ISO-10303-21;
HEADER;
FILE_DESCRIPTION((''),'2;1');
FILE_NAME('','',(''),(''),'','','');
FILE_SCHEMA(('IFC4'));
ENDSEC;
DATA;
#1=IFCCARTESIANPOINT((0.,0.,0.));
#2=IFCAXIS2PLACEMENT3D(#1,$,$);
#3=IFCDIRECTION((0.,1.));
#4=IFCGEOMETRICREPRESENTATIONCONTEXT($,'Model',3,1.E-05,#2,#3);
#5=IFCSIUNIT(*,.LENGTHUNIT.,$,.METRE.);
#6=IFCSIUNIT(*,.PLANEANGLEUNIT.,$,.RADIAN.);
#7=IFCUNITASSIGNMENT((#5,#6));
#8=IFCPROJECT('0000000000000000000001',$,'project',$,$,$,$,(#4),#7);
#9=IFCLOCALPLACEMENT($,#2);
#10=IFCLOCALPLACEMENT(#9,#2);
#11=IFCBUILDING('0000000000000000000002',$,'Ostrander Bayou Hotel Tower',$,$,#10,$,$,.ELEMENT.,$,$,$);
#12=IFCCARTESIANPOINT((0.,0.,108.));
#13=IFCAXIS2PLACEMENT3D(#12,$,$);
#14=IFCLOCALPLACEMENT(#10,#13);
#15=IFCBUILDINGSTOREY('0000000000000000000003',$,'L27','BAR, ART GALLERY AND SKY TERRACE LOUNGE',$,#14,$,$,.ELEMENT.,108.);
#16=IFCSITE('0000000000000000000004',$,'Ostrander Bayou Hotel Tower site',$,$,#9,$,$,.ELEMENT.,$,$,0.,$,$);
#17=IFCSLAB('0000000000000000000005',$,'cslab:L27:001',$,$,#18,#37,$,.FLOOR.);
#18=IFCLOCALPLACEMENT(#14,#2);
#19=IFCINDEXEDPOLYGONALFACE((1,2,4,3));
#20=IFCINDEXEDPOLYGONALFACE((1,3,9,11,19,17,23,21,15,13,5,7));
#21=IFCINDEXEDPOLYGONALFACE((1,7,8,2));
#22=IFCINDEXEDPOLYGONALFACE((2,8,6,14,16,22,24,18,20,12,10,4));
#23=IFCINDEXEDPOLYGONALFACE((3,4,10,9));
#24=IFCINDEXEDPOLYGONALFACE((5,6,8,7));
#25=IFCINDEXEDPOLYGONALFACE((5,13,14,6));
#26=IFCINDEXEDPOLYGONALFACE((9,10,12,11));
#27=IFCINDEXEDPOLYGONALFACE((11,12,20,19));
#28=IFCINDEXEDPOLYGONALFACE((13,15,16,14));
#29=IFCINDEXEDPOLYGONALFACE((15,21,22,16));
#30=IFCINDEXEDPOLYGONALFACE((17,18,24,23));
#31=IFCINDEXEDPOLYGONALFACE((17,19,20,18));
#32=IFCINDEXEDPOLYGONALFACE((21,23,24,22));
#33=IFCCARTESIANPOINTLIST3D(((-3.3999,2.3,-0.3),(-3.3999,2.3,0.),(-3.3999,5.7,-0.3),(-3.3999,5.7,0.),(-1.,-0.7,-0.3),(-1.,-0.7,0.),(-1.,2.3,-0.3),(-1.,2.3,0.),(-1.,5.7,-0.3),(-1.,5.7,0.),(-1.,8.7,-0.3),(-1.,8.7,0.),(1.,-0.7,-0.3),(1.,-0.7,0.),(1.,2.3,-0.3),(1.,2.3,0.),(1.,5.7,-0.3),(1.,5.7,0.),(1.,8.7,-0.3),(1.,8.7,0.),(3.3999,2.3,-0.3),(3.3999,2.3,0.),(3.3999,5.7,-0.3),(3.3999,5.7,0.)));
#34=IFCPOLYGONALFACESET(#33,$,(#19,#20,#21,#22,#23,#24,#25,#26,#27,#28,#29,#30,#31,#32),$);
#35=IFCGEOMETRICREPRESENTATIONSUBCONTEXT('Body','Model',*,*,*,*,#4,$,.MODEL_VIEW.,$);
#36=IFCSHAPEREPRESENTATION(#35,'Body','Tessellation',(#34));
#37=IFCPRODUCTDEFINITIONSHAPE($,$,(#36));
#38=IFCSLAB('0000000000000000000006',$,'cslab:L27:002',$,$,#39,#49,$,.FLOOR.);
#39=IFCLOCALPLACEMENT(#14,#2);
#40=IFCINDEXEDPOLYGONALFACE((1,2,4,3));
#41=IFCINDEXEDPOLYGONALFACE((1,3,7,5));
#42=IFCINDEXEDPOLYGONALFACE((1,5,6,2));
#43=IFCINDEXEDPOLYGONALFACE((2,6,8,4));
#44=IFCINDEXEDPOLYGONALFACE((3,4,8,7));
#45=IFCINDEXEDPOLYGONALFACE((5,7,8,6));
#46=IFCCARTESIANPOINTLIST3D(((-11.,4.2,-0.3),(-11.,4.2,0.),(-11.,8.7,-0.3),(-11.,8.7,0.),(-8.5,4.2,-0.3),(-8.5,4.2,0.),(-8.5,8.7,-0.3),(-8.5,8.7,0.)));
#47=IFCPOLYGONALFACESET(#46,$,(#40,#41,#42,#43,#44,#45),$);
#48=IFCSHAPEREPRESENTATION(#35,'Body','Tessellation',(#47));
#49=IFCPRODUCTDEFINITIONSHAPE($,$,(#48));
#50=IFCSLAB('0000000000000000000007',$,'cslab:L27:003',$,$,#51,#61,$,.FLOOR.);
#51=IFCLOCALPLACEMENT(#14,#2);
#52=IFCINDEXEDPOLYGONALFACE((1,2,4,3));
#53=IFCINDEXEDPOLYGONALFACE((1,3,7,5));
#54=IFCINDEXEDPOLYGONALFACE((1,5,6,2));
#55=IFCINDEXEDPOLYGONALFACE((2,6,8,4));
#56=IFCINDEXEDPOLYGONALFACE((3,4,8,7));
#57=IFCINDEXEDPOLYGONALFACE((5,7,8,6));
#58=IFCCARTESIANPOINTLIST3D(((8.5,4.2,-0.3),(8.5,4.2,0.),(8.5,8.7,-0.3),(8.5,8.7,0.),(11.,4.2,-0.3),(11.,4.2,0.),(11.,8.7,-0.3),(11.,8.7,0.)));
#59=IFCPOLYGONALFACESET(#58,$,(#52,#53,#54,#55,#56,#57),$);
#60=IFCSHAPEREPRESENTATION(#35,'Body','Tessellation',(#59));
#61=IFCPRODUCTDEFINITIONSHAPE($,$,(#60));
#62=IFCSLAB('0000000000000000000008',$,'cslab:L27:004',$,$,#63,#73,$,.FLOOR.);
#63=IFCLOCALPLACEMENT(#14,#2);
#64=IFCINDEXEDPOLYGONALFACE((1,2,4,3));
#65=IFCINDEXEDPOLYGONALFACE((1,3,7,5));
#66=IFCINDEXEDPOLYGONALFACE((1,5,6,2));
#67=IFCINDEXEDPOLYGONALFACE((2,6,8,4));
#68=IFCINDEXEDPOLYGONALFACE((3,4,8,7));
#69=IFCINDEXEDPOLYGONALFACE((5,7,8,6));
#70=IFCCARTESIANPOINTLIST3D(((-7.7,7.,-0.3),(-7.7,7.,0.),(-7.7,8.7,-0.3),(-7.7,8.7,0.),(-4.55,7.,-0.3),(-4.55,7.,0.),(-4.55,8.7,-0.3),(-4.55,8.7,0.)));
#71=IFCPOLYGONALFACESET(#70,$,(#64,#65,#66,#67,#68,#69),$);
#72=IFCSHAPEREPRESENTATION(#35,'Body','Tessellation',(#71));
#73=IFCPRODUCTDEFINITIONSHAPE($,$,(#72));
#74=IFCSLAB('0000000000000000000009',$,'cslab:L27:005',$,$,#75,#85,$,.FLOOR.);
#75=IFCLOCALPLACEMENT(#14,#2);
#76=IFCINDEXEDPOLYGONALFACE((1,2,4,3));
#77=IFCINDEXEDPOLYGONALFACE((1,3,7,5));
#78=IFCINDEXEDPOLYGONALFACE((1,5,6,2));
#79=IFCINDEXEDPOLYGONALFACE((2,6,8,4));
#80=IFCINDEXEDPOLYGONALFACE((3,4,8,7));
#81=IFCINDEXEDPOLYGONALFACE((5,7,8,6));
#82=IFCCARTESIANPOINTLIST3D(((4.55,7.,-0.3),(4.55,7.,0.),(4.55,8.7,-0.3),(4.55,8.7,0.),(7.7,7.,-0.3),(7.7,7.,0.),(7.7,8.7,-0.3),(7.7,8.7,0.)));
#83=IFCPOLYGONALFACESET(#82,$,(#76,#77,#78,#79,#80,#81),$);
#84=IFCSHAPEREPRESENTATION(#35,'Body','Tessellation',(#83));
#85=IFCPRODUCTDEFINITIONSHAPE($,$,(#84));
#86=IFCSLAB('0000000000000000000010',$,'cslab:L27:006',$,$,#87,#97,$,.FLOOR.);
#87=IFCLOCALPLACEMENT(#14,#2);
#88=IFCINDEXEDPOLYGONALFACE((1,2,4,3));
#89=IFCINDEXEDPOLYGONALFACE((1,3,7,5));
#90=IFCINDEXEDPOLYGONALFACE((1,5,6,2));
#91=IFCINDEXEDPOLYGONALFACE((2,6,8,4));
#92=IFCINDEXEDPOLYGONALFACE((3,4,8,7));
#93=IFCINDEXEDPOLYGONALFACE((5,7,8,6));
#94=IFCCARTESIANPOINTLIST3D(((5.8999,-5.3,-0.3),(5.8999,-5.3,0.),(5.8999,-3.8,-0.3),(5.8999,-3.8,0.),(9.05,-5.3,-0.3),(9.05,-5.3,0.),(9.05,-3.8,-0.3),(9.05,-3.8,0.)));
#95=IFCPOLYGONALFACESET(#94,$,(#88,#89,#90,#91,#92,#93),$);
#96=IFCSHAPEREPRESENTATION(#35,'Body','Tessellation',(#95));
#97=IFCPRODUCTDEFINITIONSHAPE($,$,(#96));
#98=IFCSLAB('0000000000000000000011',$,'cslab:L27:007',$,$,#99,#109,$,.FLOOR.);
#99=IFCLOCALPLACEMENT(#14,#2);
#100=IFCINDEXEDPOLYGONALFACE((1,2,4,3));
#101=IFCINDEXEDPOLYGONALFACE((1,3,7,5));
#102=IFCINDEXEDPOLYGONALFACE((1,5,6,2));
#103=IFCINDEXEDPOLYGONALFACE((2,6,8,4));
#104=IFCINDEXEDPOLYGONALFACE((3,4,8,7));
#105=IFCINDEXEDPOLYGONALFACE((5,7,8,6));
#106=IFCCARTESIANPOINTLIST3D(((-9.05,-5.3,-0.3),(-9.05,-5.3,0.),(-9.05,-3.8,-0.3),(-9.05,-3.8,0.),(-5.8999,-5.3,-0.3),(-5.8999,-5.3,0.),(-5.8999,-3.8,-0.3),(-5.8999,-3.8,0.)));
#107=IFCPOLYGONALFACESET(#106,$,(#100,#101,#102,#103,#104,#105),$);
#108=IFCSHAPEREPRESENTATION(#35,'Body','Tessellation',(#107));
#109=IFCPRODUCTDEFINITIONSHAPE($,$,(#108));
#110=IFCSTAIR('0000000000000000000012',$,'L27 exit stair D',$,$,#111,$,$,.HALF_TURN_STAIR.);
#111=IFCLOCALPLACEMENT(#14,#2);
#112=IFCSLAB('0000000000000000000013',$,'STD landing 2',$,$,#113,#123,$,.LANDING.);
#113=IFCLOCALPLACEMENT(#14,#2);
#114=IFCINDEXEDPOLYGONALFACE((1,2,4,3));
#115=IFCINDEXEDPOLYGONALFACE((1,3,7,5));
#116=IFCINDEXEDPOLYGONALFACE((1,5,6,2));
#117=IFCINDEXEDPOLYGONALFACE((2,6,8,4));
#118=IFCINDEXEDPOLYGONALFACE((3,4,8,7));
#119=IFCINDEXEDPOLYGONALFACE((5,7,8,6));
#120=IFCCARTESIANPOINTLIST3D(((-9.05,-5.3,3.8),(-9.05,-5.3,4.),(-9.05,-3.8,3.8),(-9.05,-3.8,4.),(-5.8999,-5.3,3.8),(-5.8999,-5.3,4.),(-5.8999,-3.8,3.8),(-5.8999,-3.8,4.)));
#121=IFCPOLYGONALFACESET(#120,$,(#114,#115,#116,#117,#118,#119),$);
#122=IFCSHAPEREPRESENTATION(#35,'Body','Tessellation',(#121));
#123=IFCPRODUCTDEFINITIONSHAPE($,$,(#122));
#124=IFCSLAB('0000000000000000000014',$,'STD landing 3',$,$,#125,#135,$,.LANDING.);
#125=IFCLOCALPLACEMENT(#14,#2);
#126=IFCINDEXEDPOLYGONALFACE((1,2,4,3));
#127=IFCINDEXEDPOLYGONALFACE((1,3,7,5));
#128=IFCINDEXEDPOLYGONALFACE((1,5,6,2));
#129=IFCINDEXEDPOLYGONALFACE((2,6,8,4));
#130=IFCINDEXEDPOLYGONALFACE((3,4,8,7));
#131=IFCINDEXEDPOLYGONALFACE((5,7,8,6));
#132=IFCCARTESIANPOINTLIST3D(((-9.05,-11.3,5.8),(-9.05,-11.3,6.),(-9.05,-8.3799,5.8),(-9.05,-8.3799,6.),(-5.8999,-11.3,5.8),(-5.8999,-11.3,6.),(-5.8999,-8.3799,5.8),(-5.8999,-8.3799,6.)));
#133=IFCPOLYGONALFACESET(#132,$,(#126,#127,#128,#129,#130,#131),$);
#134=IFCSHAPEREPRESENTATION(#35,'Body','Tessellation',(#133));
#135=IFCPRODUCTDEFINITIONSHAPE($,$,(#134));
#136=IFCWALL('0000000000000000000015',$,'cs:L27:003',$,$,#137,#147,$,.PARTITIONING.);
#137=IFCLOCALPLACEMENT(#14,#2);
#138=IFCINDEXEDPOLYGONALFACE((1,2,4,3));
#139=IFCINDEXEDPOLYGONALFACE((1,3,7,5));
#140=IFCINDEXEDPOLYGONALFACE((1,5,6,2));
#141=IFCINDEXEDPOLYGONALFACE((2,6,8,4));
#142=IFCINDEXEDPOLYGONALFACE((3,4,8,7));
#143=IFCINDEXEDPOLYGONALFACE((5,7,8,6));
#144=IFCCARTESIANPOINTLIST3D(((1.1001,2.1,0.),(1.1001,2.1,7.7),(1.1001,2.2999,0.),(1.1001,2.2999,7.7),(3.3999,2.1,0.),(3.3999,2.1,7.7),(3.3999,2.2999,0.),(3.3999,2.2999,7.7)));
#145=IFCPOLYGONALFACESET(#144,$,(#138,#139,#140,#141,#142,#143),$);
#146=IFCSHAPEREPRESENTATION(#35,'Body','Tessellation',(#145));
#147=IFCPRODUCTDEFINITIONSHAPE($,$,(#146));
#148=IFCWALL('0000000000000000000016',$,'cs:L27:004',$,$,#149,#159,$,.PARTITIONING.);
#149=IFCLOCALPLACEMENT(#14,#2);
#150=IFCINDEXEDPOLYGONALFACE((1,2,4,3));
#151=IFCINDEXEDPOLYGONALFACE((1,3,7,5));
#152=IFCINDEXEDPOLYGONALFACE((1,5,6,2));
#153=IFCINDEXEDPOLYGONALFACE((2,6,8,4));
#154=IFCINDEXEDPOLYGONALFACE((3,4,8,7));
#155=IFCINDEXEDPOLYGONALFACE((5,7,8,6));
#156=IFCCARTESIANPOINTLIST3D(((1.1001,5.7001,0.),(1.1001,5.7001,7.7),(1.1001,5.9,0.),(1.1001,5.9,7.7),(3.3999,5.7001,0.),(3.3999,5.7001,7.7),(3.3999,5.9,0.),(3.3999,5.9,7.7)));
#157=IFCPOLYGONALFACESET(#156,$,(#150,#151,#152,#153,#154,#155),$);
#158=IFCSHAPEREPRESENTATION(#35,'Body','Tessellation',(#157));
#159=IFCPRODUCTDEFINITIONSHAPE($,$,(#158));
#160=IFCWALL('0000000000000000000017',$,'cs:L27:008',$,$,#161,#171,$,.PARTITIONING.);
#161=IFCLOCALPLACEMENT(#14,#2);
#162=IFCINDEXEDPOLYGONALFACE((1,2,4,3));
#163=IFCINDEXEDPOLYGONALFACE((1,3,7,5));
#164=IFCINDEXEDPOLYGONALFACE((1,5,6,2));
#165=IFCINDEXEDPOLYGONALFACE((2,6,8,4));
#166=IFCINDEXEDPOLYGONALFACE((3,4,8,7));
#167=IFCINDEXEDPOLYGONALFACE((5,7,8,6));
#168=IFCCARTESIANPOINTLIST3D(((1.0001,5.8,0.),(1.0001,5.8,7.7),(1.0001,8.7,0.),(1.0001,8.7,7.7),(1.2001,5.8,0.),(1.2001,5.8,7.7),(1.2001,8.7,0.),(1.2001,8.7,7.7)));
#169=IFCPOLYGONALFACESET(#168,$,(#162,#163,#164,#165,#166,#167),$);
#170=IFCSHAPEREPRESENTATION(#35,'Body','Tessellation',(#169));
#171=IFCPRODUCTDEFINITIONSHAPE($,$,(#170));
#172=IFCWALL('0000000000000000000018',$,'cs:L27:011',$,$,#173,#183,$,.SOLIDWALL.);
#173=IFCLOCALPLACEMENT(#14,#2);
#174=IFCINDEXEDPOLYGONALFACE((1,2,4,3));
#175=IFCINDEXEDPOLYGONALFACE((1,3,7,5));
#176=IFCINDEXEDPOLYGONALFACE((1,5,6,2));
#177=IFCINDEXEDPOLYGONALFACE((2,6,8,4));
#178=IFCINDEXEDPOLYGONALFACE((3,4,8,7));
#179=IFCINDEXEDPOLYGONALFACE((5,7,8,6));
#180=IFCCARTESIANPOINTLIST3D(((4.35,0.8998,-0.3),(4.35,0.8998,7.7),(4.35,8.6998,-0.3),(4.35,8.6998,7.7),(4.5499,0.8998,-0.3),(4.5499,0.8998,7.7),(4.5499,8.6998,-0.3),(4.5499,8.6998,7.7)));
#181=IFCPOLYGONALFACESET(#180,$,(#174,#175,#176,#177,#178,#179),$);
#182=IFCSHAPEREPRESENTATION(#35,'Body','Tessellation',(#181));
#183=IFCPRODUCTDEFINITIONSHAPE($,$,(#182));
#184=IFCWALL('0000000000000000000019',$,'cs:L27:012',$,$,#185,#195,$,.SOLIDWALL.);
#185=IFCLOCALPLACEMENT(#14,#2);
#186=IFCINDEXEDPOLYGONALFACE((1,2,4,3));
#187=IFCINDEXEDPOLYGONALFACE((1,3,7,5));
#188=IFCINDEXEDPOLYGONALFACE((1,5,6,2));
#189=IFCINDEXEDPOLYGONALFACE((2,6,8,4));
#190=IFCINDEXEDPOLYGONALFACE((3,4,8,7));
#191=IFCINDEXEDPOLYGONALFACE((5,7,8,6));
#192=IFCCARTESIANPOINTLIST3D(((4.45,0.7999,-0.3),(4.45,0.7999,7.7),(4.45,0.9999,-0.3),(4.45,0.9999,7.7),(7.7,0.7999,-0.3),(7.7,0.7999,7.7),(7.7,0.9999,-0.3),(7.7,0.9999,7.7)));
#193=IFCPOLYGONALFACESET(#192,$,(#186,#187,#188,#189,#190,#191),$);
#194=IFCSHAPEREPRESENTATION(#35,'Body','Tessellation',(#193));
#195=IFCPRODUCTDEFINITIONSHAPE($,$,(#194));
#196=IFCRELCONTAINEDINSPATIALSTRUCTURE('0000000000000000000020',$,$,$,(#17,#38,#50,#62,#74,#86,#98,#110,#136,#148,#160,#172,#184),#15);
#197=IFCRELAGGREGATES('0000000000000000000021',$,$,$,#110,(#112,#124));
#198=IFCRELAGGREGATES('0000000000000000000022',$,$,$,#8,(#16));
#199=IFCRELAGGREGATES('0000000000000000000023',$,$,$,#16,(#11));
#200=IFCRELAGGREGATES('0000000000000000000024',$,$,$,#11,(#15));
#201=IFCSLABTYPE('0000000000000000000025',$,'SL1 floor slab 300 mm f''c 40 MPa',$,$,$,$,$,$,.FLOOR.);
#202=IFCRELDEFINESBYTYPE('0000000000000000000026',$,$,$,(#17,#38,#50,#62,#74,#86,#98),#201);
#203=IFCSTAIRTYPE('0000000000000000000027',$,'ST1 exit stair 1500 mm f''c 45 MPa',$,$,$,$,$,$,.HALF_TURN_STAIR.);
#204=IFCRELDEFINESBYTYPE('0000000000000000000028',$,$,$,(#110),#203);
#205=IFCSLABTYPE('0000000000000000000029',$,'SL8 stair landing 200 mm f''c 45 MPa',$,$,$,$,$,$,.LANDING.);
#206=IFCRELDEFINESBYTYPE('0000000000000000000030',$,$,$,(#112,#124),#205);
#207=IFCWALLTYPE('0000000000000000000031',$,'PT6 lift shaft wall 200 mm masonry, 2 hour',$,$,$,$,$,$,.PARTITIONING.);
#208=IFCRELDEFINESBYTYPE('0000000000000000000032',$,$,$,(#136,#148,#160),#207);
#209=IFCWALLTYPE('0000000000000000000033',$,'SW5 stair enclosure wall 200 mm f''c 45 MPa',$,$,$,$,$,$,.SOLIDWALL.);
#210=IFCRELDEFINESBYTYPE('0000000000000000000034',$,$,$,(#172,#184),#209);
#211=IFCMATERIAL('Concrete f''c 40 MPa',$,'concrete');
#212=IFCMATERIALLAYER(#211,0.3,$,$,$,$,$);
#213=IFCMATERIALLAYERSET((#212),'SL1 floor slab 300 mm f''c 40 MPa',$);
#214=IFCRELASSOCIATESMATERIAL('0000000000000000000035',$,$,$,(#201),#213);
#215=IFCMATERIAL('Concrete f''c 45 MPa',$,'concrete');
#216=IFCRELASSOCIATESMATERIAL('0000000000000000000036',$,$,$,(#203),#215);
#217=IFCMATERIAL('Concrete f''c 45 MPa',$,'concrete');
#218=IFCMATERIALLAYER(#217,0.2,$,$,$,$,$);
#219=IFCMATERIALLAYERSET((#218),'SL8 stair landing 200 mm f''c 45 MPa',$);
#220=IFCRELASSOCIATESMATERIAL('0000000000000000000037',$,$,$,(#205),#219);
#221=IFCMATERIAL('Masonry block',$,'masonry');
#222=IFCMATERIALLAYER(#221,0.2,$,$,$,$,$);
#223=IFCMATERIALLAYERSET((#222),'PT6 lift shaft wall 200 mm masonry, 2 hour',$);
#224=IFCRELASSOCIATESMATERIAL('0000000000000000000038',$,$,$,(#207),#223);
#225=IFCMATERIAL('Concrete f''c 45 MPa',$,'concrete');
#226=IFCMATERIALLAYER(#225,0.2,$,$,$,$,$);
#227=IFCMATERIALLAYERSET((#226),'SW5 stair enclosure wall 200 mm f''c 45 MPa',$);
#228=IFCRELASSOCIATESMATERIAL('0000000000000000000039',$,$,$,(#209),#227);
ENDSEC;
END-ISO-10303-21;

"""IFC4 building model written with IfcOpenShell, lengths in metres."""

from ifc_helpers import new_model, si_unit, direction, frame, frame_2d, origin, place, context, subcontext, project, spatial, polyline, rectangle, outline, extrude, material, layer, layer_set, type_object, element, aggregate, save


model = new_model("IFC4")

# Units and contexts
model_context = context("Model", 3, precision=1e-05, world=origin(), true_north=direction((0.0, 1.0)))
body_context = subcontext(model_context, "Body", "Model", "MODEL_VIEW")
ifc_project = project(units=[si_unit("LENGTHUNIT", "METRE"), si_unit("PLANEANGLEUNIT", "RADIAN")], contexts=[model_context])

# Site, building, storey
site_placement = place(None, origin())
site = spatial("IfcSite", under=ifc_project, at=site_placement, Name="Ostrander Bayou Hotel Tower site", CompositionType="ELEMENT", RefElevation=0.0)
building_placement = place(site_placement, origin())
building = spatial("IfcBuilding", under=site, at=building_placement, Name="Ostrander Bayou Hotel Tower", CompositionType="ELEMENT")
storey_placement = place(building_placement, frame((0.0, 0.0, 108.0)))
storey = spatial("IfcBuildingStorey", under=building, at=storey_placement, Name="L27", Description="BAR, ART GALLERY AND SKY TERRACE LOUNGE", CompositionType="ELEMENT", Elevation=108.0)

# Slabs
ifc_material_1 = material(Name="Concrete f'c 40 MPa", Category="concrete")
ifc_layer_1 = layer(ifc_material_1, 0.3)
ifc_layer_set_1 = layer_set([ifc_layer_1], Name="SL1 floor slab 300 mm f'c 40 MPa")
slab_type_1 = type_object("IfcSlabType", Name="SL1 floor slab 300 mm f'c 40 MPa", PredefinedType="FLOOR", material=ifc_layer_set_1)
slab_1_placement = place(storey_placement, frame((0.0, 0.0, -0.3)))
element("IfcSlab", 1, at=slab_1_placement, inside=storey, type_object=slab_type_1, Name="cslab:L27:001", PredefinedType="FLOOR", context=body_context, shape_type="SweptSolid", body=[
    extrude(outline(polyline([(-3.3999, 5.7), (-1.0, 5.7), (-1.0, 8.7), (1.0, 8.7), (1.0, 5.7), (3.3999, 5.7), (3.3999, 2.3), (1.0, 2.3), (1.0, -0.7), (-1.0, -0.7), (-1.0, 2.3), (-3.3999, 2.3), (-3.3999, 5.7)])), origin(), (0.0, 0.0, 1.0), 0.3),
])
slab_2_placement = place(storey_placement, frame((0.0, 0.0, -0.3)))
element("IfcSlab", 2, at=slab_2_placement, inside=storey, type_object=slab_type_1, Name="cslab:L27:002", PredefinedType="FLOOR", context=body_context, shape_type="SweptSolid", body=[
    extrude(outline(polyline([(-8.5, 4.2), (-8.5, 8.7), (-11.0, 8.7), (-11.0, 4.2), (-8.5, 4.2)])), origin(), (0.0, 0.0, 1.0), 0.3),
])
slab_3_placement = place(storey_placement, frame((0.0, 0.0, -0.3)))
element("IfcSlab", 3, at=slab_3_placement, inside=storey, type_object=slab_type_1, Name="cslab:L27:003", PredefinedType="FLOOR", context=body_context, shape_type="SweptSolid", body=[
    extrude(outline(polyline([(11.0, 4.2), (11.0, 8.7), (8.5, 8.7), (8.5, 4.2), (11.0, 4.2)])), origin(), (0.0, 0.0, 1.0), 0.3),
])
slab_4_placement = place(storey_placement, frame((0.0, 0.0, -0.3)))
element("IfcSlab", 4, at=slab_4_placement, inside=storey, type_object=slab_type_1, Name="cslab:L27:004", PredefinedType="FLOOR", context=body_context, shape_type="SweptSolid", body=[
    extrude(outline(polyline([(-4.55, 7.0), (-4.55, 8.7), (-7.7, 8.7), (-7.7, 7.0), (-4.55, 7.0)])), origin(), (0.0, 0.0, 1.0), 0.3),
])
slab_5_placement = place(storey_placement, frame((0.0, 0.0, -0.3)))
element("IfcSlab", 5, at=slab_5_placement, inside=storey, type_object=slab_type_1, Name="cslab:L27:005", PredefinedType="FLOOR", context=body_context, shape_type="SweptSolid", body=[
    extrude(outline(polyline([(7.7, 7.0), (7.7, 8.7), (4.55, 8.7), (4.55, 7.0), (7.7, 7.0)])), origin(), (0.0, 0.0, 1.0), 0.3),
])
slab_6_placement = place(storey_placement, frame((0.0, 0.0, -0.3)))
element("IfcSlab", 6, at=slab_6_placement, inside=storey, type_object=slab_type_1, Name="cslab:L27:006", PredefinedType="FLOOR", context=body_context, shape_type="SweptSolid", body=[
    extrude(outline(polyline([(9.05, -5.3), (9.05, -3.8), (5.8999, -3.8), (5.8999, -5.3), (9.05, -5.3)])), origin(), (0.0, 0.0, 1.0), 0.3),
])
slab_7_placement = place(storey_placement, frame((0.0, 0.0, -0.3)))
element("IfcSlab", 7, at=slab_7_placement, inside=storey, type_object=slab_type_1, Name="cslab:L27:007", PredefinedType="FLOOR", context=body_context, shape_type="SweptSolid", body=[
    extrude(outline(polyline([(-5.8999, -5.3), (-5.8999, -3.8), (-9.05, -3.8), (-9.05, -5.3), (-5.8999, -5.3)])), origin(), (0.0, 0.0, 1.0), 0.3),
])

# Stair, slabs
ifc_material_2 = material(Name="Concrete f'c 45 MPa", Category="concrete")
stair_type = type_object("IfcStairType", Name="ST1 exit stair 1500 mm f'c 45 MPa", PredefinedType="HALF_TURN_STAIR", material=ifc_material_2)
stair_1_placement = place(storey_placement, origin())
stair_1 = element("IfcStair", 8, at=stair_1_placement, inside=storey, type_object=stair_type, Name="L27 exit stair D", PredefinedType="HALF_TURN_STAIR")
ifc_material_3 = material(Name="Concrete f'c 45 MPa", Category="concrete")
ifc_layer_2 = layer(ifc_material_3, 0.2)
ifc_layer_set_2 = layer_set([ifc_layer_2], Name="SL8 stair landing 200 mm f'c 45 MPa")
slab_type_2 = type_object("IfcSlabType", Name="SL8 stair landing 200 mm f'c 45 MPa", PredefinedType="LANDING", material=ifc_layer_set_2)
slab_8_placement = place(storey_placement, frame((0.0, 0.0, 3.8)))
slab_8 = element("IfcSlab", 9, at=slab_8_placement, type_object=slab_type_2, Name="STD landing 2", PredefinedType="LANDING", context=body_context, shape_type="SweptSolid", body=[
    extrude(outline(polyline([(-9.05, -3.8), (-9.05, -5.3), (-5.8999, -5.3), (-5.8999, -3.8), (-9.05, -3.8)])), origin(), (0.0, 0.0, 1.0), 0.2),
])
slab_9_placement = place(storey_placement, frame((0.0, 0.0, 5.8)))
slab_9 = element("IfcSlab", 10, at=slab_9_placement, type_object=slab_type_2, Name="STD landing 3", PredefinedType="LANDING", context=body_context, shape_type="SweptSolid", body=[
    extrude(outline(polyline([(-9.05, -8.3799), (-9.05, -11.3), (-5.8999, -11.3), (-5.8999, -8.3799), (-9.05, -8.3799)])), origin(), (0.0, 0.0, 1.0), 0.2),
])
aggregate(stair_1, [slab_8, slab_9])

# Walls
ifc_material_4 = material(Name="Masonry block", Category="masonry")
ifc_layer_3 = layer(ifc_material_4, 0.2)
ifc_layer_set_3 = layer_set([ifc_layer_3], Name="PT6 lift shaft wall 200 mm masonry, 2 hour")
wall_type_1 = type_object("IfcWallType", Name="PT6 lift shaft wall 200 mm masonry, 2 hour", PredefinedType="PARTITIONING", material=ifc_layer_set_3)
for number, where, z_axis, x_axis, name in (
    (11, (1.1001, 2.2, 0.0), (0.0, 0.0, 1.0), (1.0, 0.0, 0.0), "cs:L27:003"),
    (12, (1.1001, 5.8, 0.0), (0.0, 0.0, 1.0), (1.0, 0.0, 0.0), "cs:L27:004"),
):
    element("IfcWall", number, at=place(storey_placement, frame(where, z_axis=z_axis, x_axis=x_axis)), inside=storey, type_object=wall_type_1, Name=name, PredefinedType="PARTITIONING", context=body_context, shape_type="SweptSolid", body=[
        extrude(rectangle(XDim=2.2998, YDim=0.2, at=frame_2d((1.1499, 0.0))), origin(), (0.0, 0.0, 1.0), 7.7),
    ])
wall_1_placement = place(storey_placement, frame((1.1001, 5.8, 0.0), z_axis=(0.0, 0.0, 1.0), x_axis=(0.0, 1.0, 0.0)))
element("IfcWall", 13, at=wall_1_placement, inside=storey, type_object=wall_type_1, Name="cs:L27:008", PredefinedType="PARTITIONING", context=body_context, shape_type="SweptSolid", body=[
    extrude(rectangle(XDim=2.8999, YDim=0.2, at=frame_2d((1.45, 0.0))), origin(), (0.0, 0.0, 1.0), 7.7),
])
ifc_material_5 = material(Name="Concrete f'c 45 MPa", Category="concrete")
ifc_layer_4 = layer(ifc_material_5, 0.2)
ifc_layer_set_4 = layer_set([ifc_layer_4], Name="SW5 stair enclosure wall 200 mm f'c 45 MPa")
wall_type_2 = type_object("IfcWallType", Name="SW5 stair enclosure wall 200 mm f'c 45 MPa", PredefinedType="SOLIDWALL", material=ifc_layer_set_4)
wall_2_placement = place(storey_placement, frame((4.45, 0.8999, -0.3), z_axis=(0.0, 0.0, 1.0), x_axis=(0.0, 1.0, 0.0)))
element("IfcWall", 14, at=wall_2_placement, inside=storey, type_object=wall_type_2, Name="cs:L27:011", PredefinedType="SOLIDWALL", context=body_context, shape_type="SweptSolid", body=[
    extrude(rectangle(XDim=7.8, YDim=0.2, at=frame_2d((3.8999, 0.0))), origin(), (0.0, 0.0, 1.0), 8.0),
])
wall_3_placement = place(storey_placement, frame((4.45, 0.8999, -0.3), z_axis=(0.0, 0.0, 1.0), x_axis=(1.0, 0.0, 0.0)))
element("IfcWall", 15, at=wall_3_placement, inside=storey, type_object=wall_type_2, Name="cs:L27:012", PredefinedType="SOLIDWALL", context=body_context, shape_type="SweptSolid", body=[
    extrude(rectangle(XDim=3.25, YDim=0.2, at=frame_2d((1.625, 0.0))), origin(), (0.0, 0.0, 1.0), 8.0),
])

save(model, "model.ifc")
